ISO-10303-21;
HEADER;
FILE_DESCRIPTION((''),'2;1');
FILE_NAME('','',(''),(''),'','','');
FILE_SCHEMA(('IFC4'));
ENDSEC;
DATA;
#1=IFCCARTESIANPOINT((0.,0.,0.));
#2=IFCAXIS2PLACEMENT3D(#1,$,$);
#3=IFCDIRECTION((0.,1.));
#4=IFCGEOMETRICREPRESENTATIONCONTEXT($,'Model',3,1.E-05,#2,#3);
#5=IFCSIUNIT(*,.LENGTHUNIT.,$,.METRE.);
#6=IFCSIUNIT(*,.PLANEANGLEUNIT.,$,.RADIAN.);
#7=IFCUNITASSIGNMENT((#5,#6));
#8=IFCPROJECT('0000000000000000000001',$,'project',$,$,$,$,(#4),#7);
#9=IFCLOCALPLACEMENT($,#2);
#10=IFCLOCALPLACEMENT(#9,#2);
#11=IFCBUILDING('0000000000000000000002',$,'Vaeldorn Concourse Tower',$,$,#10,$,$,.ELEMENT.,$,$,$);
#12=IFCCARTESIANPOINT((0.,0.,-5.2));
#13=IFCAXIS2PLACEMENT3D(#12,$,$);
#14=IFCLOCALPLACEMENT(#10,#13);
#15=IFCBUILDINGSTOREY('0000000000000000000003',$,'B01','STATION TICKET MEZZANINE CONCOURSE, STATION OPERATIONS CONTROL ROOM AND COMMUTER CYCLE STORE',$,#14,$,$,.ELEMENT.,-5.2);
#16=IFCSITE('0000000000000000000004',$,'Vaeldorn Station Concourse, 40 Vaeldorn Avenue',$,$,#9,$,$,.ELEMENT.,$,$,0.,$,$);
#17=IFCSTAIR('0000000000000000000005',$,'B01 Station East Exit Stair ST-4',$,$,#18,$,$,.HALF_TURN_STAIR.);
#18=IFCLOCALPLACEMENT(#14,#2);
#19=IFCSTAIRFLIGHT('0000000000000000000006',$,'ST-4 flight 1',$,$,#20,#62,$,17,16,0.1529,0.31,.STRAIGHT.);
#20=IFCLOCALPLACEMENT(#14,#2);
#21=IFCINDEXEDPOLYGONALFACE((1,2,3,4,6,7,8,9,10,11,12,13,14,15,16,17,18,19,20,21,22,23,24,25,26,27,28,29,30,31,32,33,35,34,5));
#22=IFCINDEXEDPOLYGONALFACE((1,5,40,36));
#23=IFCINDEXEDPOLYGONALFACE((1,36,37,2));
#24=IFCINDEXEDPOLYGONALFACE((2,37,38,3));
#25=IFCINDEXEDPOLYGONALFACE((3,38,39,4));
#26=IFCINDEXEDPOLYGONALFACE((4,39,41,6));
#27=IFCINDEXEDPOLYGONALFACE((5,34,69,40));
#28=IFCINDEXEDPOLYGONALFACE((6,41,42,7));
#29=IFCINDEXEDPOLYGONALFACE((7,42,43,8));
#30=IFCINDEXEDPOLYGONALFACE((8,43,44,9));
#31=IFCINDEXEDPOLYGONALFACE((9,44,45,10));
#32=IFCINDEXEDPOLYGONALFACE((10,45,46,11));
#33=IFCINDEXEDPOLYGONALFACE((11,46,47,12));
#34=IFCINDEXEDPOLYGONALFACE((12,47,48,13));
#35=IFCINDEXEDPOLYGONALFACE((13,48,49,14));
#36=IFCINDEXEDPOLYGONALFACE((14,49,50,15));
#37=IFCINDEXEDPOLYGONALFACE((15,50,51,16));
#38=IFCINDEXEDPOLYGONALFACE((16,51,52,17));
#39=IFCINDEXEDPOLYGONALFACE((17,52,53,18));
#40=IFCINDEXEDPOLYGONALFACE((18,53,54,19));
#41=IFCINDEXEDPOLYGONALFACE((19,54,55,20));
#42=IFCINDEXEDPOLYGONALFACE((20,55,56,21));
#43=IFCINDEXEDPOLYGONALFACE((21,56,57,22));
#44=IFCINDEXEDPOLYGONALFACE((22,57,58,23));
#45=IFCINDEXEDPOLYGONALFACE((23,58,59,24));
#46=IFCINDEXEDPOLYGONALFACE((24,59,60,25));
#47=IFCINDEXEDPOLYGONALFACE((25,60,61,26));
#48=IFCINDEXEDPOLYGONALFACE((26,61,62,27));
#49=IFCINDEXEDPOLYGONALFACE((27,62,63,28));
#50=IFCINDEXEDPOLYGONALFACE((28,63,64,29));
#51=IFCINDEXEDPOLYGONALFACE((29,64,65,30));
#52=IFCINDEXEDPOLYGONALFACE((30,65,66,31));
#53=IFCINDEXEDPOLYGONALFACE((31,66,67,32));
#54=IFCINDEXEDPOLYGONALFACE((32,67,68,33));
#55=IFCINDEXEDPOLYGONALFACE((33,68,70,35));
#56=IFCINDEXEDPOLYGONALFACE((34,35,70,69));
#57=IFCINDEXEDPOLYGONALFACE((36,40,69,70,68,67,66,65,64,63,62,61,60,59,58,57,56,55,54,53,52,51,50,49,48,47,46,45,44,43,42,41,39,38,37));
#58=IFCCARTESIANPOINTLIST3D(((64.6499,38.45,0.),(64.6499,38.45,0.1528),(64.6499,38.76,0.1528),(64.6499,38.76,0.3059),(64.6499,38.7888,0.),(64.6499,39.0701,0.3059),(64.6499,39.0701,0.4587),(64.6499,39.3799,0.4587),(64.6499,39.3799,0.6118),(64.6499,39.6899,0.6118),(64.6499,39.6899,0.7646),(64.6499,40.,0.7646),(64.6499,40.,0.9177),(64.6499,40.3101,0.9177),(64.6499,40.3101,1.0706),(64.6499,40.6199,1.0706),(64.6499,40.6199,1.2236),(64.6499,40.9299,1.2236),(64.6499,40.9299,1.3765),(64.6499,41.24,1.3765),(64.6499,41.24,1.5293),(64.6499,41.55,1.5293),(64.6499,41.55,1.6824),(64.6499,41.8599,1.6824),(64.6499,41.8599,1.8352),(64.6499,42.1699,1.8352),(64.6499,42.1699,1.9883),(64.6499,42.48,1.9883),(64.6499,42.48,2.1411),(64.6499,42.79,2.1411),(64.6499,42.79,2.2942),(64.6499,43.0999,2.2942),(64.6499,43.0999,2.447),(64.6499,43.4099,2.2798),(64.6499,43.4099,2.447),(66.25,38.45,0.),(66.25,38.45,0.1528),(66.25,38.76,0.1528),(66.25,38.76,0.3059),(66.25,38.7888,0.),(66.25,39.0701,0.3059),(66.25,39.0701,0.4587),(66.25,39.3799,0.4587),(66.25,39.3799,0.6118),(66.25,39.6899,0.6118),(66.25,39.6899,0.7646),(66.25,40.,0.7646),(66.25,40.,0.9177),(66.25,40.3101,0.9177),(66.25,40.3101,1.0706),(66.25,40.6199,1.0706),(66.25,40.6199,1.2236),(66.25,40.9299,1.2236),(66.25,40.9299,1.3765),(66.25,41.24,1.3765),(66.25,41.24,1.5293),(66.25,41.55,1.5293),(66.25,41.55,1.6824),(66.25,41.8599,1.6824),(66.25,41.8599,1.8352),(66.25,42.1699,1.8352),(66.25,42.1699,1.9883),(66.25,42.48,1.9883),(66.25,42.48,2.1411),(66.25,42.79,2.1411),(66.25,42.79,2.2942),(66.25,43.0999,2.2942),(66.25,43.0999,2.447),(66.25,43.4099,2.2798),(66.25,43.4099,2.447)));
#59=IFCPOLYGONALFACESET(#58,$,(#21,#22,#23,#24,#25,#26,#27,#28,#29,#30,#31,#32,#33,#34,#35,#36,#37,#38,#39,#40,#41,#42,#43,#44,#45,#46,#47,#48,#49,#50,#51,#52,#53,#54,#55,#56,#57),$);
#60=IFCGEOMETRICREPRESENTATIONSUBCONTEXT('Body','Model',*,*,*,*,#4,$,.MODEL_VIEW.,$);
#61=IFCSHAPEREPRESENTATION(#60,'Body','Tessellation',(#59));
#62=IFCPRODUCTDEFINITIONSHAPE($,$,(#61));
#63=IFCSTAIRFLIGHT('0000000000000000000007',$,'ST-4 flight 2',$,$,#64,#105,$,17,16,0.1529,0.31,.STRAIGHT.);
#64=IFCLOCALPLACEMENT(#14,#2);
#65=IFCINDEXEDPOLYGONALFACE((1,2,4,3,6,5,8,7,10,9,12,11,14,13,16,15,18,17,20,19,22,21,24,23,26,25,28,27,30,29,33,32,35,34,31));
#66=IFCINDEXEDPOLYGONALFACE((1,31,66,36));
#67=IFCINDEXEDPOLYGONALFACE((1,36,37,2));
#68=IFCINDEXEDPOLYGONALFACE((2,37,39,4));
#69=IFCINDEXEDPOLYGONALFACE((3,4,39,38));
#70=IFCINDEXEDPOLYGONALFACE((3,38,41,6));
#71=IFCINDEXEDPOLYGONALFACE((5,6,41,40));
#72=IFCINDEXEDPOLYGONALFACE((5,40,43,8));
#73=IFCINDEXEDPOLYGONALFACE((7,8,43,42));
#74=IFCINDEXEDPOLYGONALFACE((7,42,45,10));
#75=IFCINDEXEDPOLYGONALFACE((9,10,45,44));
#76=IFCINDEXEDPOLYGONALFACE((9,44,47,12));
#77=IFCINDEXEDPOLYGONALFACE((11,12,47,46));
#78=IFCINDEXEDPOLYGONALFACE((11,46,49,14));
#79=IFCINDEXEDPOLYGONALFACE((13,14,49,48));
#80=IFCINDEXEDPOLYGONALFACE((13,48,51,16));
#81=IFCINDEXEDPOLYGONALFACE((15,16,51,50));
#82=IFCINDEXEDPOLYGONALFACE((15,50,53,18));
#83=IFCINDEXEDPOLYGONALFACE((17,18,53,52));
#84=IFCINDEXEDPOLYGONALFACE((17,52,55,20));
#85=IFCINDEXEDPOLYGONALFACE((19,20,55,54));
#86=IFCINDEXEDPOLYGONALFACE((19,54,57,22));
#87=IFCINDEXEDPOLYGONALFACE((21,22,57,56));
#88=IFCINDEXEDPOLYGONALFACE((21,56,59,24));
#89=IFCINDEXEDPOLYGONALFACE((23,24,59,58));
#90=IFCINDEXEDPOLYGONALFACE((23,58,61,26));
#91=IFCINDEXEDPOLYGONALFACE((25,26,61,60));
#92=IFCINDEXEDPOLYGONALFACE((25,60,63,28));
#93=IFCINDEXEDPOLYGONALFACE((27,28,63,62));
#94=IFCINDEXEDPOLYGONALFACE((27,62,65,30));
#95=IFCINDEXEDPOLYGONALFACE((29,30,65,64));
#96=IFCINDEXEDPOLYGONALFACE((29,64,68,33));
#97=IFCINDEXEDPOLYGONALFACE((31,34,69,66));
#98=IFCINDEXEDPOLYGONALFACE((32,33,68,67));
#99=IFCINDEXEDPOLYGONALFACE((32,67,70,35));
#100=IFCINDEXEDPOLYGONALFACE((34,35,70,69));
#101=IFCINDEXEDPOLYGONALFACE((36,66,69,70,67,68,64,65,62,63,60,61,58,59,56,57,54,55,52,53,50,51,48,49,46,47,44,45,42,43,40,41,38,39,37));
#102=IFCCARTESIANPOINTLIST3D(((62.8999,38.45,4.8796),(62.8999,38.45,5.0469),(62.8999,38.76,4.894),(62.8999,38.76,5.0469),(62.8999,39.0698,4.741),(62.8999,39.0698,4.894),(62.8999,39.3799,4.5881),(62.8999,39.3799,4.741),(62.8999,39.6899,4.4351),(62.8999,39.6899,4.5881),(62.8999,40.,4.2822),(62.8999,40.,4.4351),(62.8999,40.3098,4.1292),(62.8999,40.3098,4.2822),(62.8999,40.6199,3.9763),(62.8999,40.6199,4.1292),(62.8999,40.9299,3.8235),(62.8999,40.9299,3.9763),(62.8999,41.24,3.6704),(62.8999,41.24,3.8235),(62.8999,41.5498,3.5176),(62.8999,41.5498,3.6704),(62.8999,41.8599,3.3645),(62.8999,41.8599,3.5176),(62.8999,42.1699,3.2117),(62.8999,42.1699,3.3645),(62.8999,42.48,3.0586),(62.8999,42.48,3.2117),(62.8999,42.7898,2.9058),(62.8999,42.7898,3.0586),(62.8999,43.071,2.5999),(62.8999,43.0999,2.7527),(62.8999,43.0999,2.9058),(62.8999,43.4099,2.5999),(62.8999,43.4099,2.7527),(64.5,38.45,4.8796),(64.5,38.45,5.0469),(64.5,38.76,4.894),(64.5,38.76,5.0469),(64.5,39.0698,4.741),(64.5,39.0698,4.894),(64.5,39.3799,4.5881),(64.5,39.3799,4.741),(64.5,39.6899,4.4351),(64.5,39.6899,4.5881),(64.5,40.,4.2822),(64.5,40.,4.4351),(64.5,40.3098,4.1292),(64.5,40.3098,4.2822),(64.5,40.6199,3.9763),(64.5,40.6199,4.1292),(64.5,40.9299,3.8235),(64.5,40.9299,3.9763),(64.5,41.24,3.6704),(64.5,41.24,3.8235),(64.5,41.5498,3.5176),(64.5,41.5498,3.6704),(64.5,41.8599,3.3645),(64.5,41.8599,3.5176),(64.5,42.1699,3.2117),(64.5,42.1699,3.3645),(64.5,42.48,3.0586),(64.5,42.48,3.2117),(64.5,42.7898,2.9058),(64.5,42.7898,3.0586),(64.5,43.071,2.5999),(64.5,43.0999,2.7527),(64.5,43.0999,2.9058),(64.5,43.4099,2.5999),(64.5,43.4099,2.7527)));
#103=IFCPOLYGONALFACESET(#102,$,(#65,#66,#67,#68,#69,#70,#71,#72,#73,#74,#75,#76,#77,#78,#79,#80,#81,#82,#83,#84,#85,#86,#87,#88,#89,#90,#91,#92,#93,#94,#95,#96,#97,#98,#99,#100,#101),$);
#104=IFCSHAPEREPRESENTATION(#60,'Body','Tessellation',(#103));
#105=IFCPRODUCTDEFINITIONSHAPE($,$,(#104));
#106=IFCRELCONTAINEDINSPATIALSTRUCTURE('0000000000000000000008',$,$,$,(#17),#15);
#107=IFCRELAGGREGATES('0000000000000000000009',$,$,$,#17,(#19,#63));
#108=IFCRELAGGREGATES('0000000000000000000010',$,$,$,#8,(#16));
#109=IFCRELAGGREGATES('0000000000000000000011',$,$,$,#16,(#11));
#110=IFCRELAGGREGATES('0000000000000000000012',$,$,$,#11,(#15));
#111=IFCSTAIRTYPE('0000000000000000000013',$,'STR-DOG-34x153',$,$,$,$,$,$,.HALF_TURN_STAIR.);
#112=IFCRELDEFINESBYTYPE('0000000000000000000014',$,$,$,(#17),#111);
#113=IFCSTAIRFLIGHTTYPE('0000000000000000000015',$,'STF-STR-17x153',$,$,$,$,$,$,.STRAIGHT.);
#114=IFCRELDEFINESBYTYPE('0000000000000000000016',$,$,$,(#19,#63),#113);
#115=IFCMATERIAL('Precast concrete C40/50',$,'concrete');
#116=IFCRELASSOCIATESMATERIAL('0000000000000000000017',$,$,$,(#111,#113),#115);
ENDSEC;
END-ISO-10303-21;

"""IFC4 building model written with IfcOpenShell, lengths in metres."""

from ifc_helpers import new_model, si_unit, direction, frame, origin, place, context, subcontext, project, spatial, polyline, outline, extrude, material, type_object, element, aggregate, save


model = new_model("IFC4")

# Units and contexts
model_context = context("Model", 3, precision=1e-05, world=origin(), true_north=direction((0.0, 1.0)))
body_context = subcontext(model_context, "Body", "Model", "MODEL_VIEW")
ifc_project = project(units=[si_unit("LENGTHUNIT", "METRE"), si_unit("PLANEANGLEUNIT", "RADIAN")], contexts=[model_context])

# Site, building, storey
site_placement = place(None, origin())
site = spatial("IfcSite", under=ifc_project, at=site_placement, Name="Vaeldorn Station Concourse, 40 Vaeldorn Avenue", CompositionType="ELEMENT", RefElevation=0.0)
building_placement = place(site_placement, origin())
building = spatial("IfcBuilding", under=site, at=building_placement, Name="Vaeldorn Concourse Tower", CompositionType="ELEMENT")
storey_placement = place(building_placement, frame((0.0, 0.0, -5.2)))
storey = spatial("IfcBuildingStorey", under=building, at=storey_placement, Name="B01", Description="STATION TICKET MEZZANINE CONCOURSE, STATION OPERATIONS CONTROL ROOM AND COMMUTER CYCLE STORE", CompositionType="ELEMENT", Elevation=-5.2)

# Stair, stair flights
ifc_material_1 = material(Name="Precast concrete C40/50", Category="concrete")
stair_type = type_object("IfcStairType", Name="STR-DOG-34x153", PredefinedType="HALF_TURN_STAIR", material=ifc_material_1)
stair_placement = place(storey_placement, origin())
stair = element("IfcStair", 1, at=stair_placement, inside=storey, type_object=stair_type, Name="B01 Station East Exit Stair ST-4", PredefinedType="HALF_TURN_STAIR")
stair_flight_type = type_object("IfcStairFlightType", Name="STF-STR-17x153", PredefinedType="STRAIGHT", material=ifc_material_1)
stair_flight_1_placement = place(storey_placement, frame((65.45, 38.45, 0.0), z_axis=(0.0, 0.0, 1.0), x_axis=(0.0, 1.0, 0.0)))
stair_flight_1 = element("IfcStairFlight", 2, at=stair_flight_1_placement, type_object=stair_flight_type, Name="ST-4 flight 1", NumberOfRisers=17, NumberOfTreads=16, PredefinedType="STRAIGHT", RiserHeight=0.1529, TreadLength=0.31, context=body_context, shape_type="SweptSolid", body=[
    extrude(outline(polyline([(0.0, 0.0), (0.0, 0.1528), (0.3101, 0.1528), (0.3101, 0.3059), (0.6201, 0.3059), (0.6201, 0.4587), (0.9299, 0.4587), (0.9299, 0.6118), (1.24, 0.6118), (1.24, 0.7646), (1.55, 0.7646), (1.55, 0.9177), (1.8601, 0.9177), (1.8601, 1.0706), (2.1699, 1.0706), (2.1699, 1.2236), (2.48, 1.2236), (2.48, 1.3765), (2.79, 1.3765), (2.79, 1.5293), (3.1001, 1.5293), (3.1001, 1.6824), (3.4099, 1.6824), (3.4099, 1.8352), (3.72, 1.8352), (3.72, 1.9883), (4.03, 1.9883), (4.03, 2.1411), (4.3401, 2.1411), (4.3401, 2.2942), (4.6499, 2.2942), (4.6499, 2.447), (4.96, 2.447), (4.96, 2.6001), (4.96, 2.2798), (0.3389, 0.0), (0.0, 0.0)])), frame((0.0, 0.8, 0.0), z_axis=(0.0, -1.0, 0.0), x_axis=(1.0, 0.0, 0.0)), (0.0, 0.0, 1.0), 1.6001),
])
stair_flight_2_placement = place(storey_placement, frame((63.7, 43.4099, 2.5999), z_axis=(0.0, 0.0, 1.0), x_axis=(0.0, -1.0, 0.0)))
stair_flight_2 = element("IfcStairFlight", 3, at=stair_flight_2_placement, type_object=stair_flight_type, Name="ST-4 flight 2", NumberOfRisers=17, NumberOfTreads=16, PredefinedType="STRAIGHT", RiserHeight=0.1529, TreadLength=0.31, context=body_context, shape_type="SweptSolid", body=[
    extrude(outline(polyline([(0.0, 0.0), (0.0, 0.1528), (0.3101, 0.1528), (0.3101, 0.3059), (0.6201, 0.3059), (0.6201, 0.4587), (0.9299, 0.4587), (0.9299, 0.6118), (1.24, 0.6118), (1.24, 0.7646), (1.55, 0.7646), (1.55, 0.9177), (1.8601, 0.9177), (1.8601, 1.0706), (2.1699, 1.0706), (2.1699, 1.2236), (2.48, 1.2236), (2.48, 1.3765), (2.79, 1.3765), (2.79, 1.5293), (3.1001, 1.5293), (3.1001, 1.6824), (3.4099, 1.6824), (3.4099, 1.8352), (3.72, 1.8352), (3.72, 1.9883), (4.03, 1.9883), (4.03, 2.1411), (4.3401, 2.1411), (4.3401, 2.2942), (4.6499, 2.2942), (4.6499, 2.447), (4.96, 2.447), (4.96, 2.6001), (4.96, 2.2798), (0.3389, 0.0), (0.0, 0.0)])), frame((0.0, 0.8, 0.0), z_axis=(0.0, -1.0, 0.0), x_axis=(1.0, 0.0, 0.0)), (0.0, 0.0, 1.0), 1.6001),
])
aggregate(stair, [stair_flight_1, stair_flight_2])

save(model, "model.ifc")
